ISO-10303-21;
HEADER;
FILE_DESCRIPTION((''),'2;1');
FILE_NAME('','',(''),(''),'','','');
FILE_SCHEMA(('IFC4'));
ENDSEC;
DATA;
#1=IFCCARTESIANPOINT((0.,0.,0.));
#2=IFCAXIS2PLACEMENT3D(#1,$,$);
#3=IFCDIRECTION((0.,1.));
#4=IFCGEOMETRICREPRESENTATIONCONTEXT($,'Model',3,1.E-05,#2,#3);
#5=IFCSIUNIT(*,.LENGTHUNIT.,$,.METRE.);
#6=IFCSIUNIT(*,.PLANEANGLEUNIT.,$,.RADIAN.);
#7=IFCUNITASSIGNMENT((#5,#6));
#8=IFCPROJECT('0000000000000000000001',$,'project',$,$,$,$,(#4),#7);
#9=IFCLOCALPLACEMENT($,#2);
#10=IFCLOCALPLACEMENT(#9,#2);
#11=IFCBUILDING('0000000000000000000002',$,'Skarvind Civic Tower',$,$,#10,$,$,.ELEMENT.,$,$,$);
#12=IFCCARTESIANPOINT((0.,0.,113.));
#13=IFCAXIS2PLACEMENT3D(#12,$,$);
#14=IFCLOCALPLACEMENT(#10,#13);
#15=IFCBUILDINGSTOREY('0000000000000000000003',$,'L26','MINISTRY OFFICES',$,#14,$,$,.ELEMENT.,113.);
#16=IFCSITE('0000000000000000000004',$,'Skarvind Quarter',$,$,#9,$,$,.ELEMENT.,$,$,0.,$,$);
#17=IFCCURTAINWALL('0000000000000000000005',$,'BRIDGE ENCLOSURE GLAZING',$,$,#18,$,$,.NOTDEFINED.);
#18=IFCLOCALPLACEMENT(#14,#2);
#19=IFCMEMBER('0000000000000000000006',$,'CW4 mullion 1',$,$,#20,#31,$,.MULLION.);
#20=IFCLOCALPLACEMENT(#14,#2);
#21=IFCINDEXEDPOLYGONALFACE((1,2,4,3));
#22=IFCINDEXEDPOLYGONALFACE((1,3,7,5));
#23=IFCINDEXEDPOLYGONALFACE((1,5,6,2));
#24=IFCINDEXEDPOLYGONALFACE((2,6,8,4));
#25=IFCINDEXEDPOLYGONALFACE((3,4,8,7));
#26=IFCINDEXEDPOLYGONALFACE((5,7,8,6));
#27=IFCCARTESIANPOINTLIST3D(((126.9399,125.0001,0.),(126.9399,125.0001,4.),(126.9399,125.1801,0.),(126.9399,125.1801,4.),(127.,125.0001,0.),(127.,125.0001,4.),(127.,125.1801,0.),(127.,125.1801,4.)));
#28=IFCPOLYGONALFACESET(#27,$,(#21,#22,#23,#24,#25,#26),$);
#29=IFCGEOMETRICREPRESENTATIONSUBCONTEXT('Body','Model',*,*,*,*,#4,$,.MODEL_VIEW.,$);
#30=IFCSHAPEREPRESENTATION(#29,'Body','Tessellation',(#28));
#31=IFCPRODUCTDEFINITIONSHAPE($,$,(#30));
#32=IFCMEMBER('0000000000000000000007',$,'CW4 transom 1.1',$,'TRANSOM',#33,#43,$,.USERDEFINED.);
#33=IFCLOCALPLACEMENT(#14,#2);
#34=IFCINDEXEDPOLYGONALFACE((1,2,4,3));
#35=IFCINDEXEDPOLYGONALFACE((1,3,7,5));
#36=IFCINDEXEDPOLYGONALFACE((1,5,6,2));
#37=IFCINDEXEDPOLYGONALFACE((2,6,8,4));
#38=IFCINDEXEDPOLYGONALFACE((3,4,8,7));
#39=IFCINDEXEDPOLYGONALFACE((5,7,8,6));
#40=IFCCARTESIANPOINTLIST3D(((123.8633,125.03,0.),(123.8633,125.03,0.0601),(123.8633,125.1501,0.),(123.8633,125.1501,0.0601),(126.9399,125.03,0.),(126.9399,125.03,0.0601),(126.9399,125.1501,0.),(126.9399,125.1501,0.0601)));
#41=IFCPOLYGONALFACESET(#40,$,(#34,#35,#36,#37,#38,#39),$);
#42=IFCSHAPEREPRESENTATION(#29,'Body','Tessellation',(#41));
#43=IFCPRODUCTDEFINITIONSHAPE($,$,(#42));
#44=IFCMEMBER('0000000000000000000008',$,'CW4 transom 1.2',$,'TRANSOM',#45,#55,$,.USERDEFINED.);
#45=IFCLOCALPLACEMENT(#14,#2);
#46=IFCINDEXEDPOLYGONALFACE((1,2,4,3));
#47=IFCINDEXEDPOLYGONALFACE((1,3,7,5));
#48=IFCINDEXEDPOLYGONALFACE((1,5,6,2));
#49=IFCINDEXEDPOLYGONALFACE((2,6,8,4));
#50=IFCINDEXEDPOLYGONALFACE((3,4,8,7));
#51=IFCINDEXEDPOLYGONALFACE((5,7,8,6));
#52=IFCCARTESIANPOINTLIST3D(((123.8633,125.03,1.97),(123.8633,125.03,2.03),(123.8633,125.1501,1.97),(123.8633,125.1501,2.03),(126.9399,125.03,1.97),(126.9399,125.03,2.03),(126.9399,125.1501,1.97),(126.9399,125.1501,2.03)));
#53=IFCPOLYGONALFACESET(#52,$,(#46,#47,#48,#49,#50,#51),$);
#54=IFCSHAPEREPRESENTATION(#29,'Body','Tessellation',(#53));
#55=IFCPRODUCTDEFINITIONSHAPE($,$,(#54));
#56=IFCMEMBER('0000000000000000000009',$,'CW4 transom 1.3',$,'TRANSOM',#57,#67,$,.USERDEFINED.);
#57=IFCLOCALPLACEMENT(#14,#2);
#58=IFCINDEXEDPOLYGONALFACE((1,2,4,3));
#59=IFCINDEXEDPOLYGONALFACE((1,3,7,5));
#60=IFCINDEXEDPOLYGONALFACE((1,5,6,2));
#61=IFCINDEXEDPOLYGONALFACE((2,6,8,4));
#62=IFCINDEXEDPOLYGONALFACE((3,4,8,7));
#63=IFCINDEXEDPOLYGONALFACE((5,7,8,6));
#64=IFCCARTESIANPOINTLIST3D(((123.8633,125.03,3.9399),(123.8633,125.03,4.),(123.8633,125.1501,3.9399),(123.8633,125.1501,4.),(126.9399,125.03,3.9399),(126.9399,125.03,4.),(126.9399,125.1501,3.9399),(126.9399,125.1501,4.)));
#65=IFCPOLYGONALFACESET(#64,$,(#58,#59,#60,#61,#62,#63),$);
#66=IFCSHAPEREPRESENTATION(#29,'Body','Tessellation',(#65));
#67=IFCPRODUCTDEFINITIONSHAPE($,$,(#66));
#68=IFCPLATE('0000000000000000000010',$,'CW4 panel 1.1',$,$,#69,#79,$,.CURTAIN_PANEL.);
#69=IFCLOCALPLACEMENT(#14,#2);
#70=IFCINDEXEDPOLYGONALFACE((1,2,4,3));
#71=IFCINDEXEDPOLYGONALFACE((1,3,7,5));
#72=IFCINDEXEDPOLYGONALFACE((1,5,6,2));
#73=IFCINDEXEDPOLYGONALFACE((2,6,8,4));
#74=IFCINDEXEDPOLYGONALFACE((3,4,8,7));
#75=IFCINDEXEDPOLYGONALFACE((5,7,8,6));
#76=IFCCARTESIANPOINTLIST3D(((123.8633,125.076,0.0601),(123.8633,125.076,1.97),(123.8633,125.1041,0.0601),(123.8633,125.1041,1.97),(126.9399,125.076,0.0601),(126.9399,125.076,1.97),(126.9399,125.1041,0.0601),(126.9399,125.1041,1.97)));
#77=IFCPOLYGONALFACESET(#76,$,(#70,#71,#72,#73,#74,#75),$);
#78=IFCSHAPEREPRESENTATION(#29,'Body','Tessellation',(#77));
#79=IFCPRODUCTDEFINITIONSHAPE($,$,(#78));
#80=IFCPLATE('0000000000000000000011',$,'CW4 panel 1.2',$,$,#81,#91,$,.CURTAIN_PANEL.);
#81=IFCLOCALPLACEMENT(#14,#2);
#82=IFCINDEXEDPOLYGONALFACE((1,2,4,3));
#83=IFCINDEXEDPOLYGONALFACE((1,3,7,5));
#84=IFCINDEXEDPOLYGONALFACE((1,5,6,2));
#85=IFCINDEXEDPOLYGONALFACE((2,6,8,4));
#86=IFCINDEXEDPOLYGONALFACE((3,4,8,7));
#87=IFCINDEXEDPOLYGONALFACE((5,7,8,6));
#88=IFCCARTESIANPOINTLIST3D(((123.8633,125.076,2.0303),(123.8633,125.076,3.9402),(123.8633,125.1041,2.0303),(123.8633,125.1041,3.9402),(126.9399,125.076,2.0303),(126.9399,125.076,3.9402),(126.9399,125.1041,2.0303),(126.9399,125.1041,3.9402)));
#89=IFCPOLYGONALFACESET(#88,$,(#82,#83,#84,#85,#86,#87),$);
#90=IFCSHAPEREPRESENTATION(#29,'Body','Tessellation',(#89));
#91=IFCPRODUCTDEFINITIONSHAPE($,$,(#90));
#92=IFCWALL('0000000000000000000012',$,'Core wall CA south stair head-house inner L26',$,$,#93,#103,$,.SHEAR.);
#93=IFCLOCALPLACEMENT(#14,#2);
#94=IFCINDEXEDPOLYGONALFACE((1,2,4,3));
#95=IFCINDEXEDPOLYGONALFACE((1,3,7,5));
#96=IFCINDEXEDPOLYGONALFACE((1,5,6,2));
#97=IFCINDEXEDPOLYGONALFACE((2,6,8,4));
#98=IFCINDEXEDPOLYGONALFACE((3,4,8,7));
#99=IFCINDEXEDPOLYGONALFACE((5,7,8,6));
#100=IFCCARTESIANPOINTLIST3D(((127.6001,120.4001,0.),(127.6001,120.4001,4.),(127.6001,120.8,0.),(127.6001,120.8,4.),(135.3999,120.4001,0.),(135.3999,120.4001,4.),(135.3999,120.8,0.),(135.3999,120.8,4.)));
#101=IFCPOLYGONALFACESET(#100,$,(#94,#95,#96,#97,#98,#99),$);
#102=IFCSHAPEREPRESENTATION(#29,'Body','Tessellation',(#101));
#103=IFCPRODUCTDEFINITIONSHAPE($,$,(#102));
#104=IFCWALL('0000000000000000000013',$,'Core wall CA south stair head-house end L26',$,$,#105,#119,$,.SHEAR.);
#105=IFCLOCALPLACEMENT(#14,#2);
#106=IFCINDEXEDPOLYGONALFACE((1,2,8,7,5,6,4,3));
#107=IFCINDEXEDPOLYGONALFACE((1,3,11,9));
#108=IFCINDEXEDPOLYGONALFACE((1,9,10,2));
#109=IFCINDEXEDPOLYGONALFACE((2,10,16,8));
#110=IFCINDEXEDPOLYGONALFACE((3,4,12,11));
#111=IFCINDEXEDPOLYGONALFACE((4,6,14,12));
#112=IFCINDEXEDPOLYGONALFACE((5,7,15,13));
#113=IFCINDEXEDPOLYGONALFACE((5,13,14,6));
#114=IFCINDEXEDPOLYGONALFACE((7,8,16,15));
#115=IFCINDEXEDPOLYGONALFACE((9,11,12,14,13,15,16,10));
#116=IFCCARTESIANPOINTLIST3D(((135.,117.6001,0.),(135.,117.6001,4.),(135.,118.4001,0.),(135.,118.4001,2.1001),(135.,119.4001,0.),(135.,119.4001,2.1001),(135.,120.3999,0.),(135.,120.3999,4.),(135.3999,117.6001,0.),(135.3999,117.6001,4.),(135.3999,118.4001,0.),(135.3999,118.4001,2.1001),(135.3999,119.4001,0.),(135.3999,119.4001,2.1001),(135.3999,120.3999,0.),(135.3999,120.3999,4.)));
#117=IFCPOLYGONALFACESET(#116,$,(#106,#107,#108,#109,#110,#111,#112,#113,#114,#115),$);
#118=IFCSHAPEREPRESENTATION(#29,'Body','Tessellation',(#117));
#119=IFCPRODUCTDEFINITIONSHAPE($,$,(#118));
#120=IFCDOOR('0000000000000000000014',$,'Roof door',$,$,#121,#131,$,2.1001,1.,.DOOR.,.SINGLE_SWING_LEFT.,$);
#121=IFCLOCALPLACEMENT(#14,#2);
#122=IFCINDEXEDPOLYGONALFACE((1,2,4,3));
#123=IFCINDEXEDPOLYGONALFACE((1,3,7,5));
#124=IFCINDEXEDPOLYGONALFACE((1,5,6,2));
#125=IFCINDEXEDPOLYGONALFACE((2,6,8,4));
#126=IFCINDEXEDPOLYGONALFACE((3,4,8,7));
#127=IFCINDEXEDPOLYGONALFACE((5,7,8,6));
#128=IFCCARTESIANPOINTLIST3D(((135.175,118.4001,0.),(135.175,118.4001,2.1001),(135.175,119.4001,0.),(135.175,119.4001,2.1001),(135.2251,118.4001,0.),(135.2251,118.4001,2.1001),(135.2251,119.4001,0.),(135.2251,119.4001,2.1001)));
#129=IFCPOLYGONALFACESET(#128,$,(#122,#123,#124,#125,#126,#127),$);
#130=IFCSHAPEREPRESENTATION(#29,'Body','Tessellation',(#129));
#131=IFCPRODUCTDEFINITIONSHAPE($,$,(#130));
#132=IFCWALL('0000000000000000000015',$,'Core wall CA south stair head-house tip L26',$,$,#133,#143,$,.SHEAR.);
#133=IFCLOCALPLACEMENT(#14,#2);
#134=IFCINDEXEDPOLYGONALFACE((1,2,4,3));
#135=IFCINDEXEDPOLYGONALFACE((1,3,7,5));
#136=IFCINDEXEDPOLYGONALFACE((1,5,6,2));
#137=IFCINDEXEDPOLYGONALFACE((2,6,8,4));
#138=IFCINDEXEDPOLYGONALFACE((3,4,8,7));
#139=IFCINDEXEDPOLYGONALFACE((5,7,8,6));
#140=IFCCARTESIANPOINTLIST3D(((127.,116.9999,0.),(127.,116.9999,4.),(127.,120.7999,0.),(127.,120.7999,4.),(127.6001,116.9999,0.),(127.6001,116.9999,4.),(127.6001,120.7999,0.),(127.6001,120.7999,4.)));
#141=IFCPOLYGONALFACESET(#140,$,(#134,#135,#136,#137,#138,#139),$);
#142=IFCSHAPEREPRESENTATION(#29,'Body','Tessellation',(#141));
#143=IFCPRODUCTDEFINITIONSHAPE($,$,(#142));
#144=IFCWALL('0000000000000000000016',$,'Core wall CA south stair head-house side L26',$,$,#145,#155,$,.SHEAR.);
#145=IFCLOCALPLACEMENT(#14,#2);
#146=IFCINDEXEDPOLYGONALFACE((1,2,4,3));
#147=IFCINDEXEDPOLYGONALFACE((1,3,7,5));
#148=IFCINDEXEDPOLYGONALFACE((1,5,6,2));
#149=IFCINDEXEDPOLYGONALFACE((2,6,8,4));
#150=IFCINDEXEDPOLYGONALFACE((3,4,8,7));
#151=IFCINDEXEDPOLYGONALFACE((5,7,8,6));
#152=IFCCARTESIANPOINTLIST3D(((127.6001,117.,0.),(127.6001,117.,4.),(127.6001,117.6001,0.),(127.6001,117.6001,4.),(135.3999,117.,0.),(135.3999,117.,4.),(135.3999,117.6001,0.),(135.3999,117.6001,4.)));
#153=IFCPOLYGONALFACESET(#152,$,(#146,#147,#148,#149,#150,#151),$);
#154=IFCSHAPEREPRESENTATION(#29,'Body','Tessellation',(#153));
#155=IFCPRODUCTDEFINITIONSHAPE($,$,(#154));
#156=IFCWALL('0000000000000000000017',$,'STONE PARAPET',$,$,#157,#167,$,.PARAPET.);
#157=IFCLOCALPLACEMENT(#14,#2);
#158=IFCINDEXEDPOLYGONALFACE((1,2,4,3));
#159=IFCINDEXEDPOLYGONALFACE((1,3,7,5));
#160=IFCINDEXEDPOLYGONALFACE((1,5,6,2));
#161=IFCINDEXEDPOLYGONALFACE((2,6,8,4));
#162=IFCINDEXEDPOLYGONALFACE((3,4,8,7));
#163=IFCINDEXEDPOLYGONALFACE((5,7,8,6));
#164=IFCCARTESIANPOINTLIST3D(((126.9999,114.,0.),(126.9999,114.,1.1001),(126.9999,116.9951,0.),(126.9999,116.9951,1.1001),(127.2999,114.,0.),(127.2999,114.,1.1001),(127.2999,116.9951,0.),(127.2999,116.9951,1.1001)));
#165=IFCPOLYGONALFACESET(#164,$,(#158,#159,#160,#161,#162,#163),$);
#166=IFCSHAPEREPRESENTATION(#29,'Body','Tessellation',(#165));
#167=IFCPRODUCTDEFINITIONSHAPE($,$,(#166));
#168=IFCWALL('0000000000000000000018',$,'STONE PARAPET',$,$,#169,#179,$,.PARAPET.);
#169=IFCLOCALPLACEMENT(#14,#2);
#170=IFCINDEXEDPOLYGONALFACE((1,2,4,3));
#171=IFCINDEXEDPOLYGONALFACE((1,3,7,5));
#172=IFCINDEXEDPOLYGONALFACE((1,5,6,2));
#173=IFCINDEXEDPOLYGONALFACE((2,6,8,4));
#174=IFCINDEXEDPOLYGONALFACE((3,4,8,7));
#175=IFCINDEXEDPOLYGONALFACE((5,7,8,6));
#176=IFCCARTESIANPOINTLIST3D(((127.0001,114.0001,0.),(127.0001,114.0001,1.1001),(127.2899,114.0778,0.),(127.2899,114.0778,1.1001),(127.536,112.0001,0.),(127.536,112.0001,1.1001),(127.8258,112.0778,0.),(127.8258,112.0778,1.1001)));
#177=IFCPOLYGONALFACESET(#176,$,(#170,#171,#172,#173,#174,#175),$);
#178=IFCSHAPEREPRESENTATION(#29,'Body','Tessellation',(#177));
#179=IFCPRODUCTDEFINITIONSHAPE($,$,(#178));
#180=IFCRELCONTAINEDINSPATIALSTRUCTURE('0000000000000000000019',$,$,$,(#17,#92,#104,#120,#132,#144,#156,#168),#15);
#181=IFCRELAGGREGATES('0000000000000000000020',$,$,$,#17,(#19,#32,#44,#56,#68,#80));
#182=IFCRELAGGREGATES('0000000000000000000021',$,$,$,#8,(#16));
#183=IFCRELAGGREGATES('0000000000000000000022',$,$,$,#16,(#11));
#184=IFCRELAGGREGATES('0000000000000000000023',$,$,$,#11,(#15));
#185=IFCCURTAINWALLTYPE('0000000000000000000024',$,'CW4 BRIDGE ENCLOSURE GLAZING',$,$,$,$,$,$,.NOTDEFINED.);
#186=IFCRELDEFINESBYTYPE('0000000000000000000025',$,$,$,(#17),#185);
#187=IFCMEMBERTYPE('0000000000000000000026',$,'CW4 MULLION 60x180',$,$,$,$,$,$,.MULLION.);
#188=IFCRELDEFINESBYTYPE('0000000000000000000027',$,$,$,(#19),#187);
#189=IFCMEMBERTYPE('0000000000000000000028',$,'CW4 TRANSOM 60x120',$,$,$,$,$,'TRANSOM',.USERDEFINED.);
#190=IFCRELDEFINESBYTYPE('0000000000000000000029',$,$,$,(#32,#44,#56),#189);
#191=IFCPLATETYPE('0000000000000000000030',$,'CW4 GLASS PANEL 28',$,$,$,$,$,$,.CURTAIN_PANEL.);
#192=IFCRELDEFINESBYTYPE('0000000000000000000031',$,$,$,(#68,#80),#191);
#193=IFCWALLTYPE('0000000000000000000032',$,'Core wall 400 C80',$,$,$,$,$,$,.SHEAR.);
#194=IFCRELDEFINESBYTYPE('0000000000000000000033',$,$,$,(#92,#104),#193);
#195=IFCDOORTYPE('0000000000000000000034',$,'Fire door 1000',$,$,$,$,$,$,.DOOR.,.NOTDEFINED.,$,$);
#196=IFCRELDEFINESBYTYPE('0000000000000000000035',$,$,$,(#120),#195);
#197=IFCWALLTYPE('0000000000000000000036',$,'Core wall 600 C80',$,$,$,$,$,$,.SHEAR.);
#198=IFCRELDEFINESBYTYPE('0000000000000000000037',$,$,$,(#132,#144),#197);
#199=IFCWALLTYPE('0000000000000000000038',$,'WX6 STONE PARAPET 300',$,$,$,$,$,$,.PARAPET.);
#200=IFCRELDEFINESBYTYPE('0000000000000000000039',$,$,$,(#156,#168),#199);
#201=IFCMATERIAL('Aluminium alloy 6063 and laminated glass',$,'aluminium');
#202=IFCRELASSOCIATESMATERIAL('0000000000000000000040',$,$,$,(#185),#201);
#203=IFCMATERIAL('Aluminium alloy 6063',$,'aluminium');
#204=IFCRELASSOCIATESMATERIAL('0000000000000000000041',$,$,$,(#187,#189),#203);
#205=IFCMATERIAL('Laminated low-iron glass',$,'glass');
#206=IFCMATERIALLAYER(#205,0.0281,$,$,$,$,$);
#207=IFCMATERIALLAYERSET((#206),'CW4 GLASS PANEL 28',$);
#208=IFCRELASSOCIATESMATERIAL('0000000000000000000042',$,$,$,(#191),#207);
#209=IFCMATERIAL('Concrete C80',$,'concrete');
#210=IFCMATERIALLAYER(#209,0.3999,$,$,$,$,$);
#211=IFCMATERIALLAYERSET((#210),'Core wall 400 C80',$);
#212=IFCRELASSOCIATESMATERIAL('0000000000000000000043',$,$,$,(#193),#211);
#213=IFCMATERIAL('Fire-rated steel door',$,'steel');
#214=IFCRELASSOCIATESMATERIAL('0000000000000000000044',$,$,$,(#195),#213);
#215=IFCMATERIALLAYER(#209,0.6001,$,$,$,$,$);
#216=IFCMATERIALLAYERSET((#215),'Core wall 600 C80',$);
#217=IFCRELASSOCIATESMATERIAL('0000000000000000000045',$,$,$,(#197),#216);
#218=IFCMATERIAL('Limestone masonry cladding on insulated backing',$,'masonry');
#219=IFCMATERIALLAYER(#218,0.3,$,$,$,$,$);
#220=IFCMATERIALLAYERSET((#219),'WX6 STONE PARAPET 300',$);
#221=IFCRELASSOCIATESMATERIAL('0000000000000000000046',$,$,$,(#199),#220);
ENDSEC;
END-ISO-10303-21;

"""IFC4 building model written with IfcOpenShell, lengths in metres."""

from ifc_helpers import new_model, si_unit, direction, frame, frame_2d, origin, origin_2d, place, context, subcontext, project, spatial, rectangle, extrude, material, layer, layer_set, material_profile, profile_set, type_object, element, fill, aggregate, save


model = new_model("IFC4")

# Units and contexts
model_context = context("Model", 3, precision=1e-05, world=origin(), true_north=direction((0.0, 1.0)))
body_context = subcontext(model_context, "Body", "Model", "MODEL_VIEW")
ifc_project = project(units=[si_unit("LENGTHUNIT", "METRE"), si_unit("PLANEANGLEUNIT", "RADIAN")], contexts=[model_context])

# Site, building, storey
site_placement = place(None, origin())
site = spatial("IfcSite", under=ifc_project, at=site_placement, Name="Skarvind Quarter", CompositionType="ELEMENT", RefElevation=0.0)
building_placement = place(site_placement, origin())
building = spatial("IfcBuilding", under=site, at=building_placement, Name="Skarvind Civic Tower", CompositionType="ELEMENT")
storey_placement = place(building_placement, frame((0.0, 0.0, 113.0)))
storey = spatial("IfcBuildingStorey", under=building, at=storey_placement, Name="L26", Description="MINISTRY OFFICES", CompositionType="ELEMENT", Elevation=113.0)

# Curtain wall, members, plates
ifc_material_1 = material(Name="Aluminium alloy 6063 and laminated glass", Category="aluminium")
curtain_wall_type = type_object("IfcCurtainWallType", Name="CW4 BRIDGE ENCLOSURE GLAZING", PredefinedType="NOTDEFINED", material=ifc_material_1)
curtain_wall_placement = place(storey_placement, origin())
curtain_wall = element("IfcCurtainWall", 1, at=curtain_wall_placement, inside=storey, type_object=curtain_wall_type, Name="BRIDGE ENCLOSURE GLAZING", PredefinedType="NOTDEFINED")
ifc_material_2 = material(Name="Aluminium alloy 6063", Category="aluminium")
ifc_material_profile_1 = material_profile(ifc_material_2, rectangle(XDim=0.1799, YDim=0.0601, at=origin_2d()), Name="AL 60x180")
ifc_profile_set_1 = profile_set([ifc_material_profile_1], Name="Aluminium alloy 6063")
member_type_1 = type_object("IfcMemberType", Name="CW4 MULLION 60x180", PredefinedType="MULLION", material=ifc_profile_set_1)
member_1_placement = place(storey_placement, frame((126.97, 125.0901, 0.0), z_axis=(0.0, 0.0, 1.0), x_axis=(0.0, -1.0, 0.0)))
member_1 = element("IfcMember", 2, at=member_1_placement, type_object=member_type_1, Name="CW4 mullion 1", PredefinedType="MULLION", context=body_context, shape_type="SweptSolid", body=[
    extrude(rectangle(XDim=0.1799, YDim=0.0601, at=origin_2d()), origin(), (0.0, 0.0, 1.0), 4.0),
])
ifc_material_profile_2 = material_profile(ifc_material_2, rectangle(XDim=0.1201, YDim=0.0601, at=origin_2d()), Name="AL 60x120")
ifc_profile_set_2 = profile_set([ifc_material_profile_2], Name="Aluminium alloy 6063")
member_type_2 = type_object("IfcMemberType", Name="CW4 TRANSOM 60x120", ElementType="TRANSOM", PredefinedType="USERDEFINED", material=ifc_profile_set_2)
member_2_placement = place(storey_placement, frame((126.9399, 125.0901, 0.03), z_axis=(-1.0, 0.0, 0.0), x_axis=(0.0, -1.0, 0.0)))
member_2 = element("IfcMember", 3, at=member_2_placement, type_object=member_type_2, Name="CW4 transom 1.1", ObjectType="TRANSOM", PredefinedType="USERDEFINED", context=body_context, shape_type="SweptSolid", body=[
    extrude(rectangle(XDim=0.1201, YDim=0.0601, at=origin_2d()), origin(), (0.0, 0.0, 1.0), 3.0767),
])
member_3_placement = place(storey_placement, frame((126.9399, 125.0901, 2.0), z_axis=(-1.0, 0.0, 0.0), x_axis=(0.0, -1.0, 0.0)))
member_3 = element("IfcMember", 4, at=member_3_placement, type_object=member_type_2, Name="CW4 transom 1.2", ObjectType="TRANSOM", PredefinedType="USERDEFINED", context=body_context, shape_type="SweptSolid", body=[
    extrude(rectangle(XDim=0.1201, YDim=0.0601, at=origin_2d()), origin(), (0.0, 0.0, 1.0), 3.0767),
])
member_4_placement = place(storey_placement, frame((126.9399, 125.0901, 3.97), z_axis=(-1.0, 0.0, 0.0), x_axis=(0.0, -1.0, 0.0)))
member_4 = element("IfcMember", 5, at=member_4_placement, type_object=member_type_2, Name="CW4 transom 1.3", ObjectType="TRANSOM", PredefinedType="USERDEFINED", context=body_context, shape_type="SweptSolid", body=[
    extrude(rectangle(XDim=0.1201, YDim=0.0601, at=origin_2d()), origin(), (0.0, 0.0, 1.0), 3.0767),
])
ifc_material_3 = material(Name="Laminated low-iron glass", Category="glass")
ifc_layer_1 = layer(ifc_material_3, 0.0281)
ifc_layer_set_1 = layer_set([ifc_layer_1], Name="CW4 GLASS PANEL 28")
plate_type = type_object("IfcPlateType", Name="CW4 GLASS PANEL 28", PredefinedType="CURTAIN_PANEL", material=ifc_layer_set_1)
plate_1_placement = place(storey_placement, frame((125.4016, 125.0901, 0.0601), z_axis=(0.0, 0.0, 1.0), x_axis=(-1.0, 0.0, 0.0)))
plate_1 = element("IfcPlate", 6, at=plate_1_placement, type_object=plate_type, Name="CW4 panel 1.1", PredefinedType="CURTAIN_PANEL", context=body_context, shape_type="SweptSolid", body=[
    extrude(rectangle(XDim=3.0767, YDim=0.0281, at=origin_2d()), origin(), (0.0, 0.0, 1.0), 1.9099),
])
plate_2_placement = place(storey_placement, frame((125.4016, 125.0901, 2.0303), z_axis=(0.0, 0.0, 1.0), x_axis=(-1.0, 0.0, 0.0)))
plate_2 = element("IfcPlate", 7, at=plate_2_placement, type_object=plate_type, Name="CW4 panel 1.2", PredefinedType="CURTAIN_PANEL", context=body_context, shape_type="SweptSolid", body=[
    extrude(rectangle(XDim=3.0767, YDim=0.0281, at=origin_2d()), origin(), (0.0, 0.0, 1.0), 1.9099),
])
aggregate(curtain_wall, [member_1, member_2, member_3, member_4, plate_1, plate_2])

# Wall
ifc_material_4 = material(Name="Concrete C80", Category="concrete")
ifc_layer_2 = layer(ifc_material_4, 0.3999)
ifc_layer_set_2 = layer_set([ifc_layer_2], Name="Core wall 400 C80")
wall_type_1 = type_object("IfcWallType", Name="Core wall 400 C80", PredefinedType="SHEAR", material=ifc_layer_set_2)
wall_1_placement = place(storey_placement, frame((127.6001, 120.6001, 0.0), z_axis=(0.0, 0.0, 1.0), x_axis=(1.0, 0.0, 0.0)))
element("IfcWall", 8, at=wall_1_placement, inside=storey, type_object=wall_type_1, Name="Core wall CA south stair head-house inner L26", PredefinedType="SHEAR", context=body_context, shape_type="SweptSolid", body=[
    extrude(rectangle(XDim=7.7998, YDim=0.3999, at=frame_2d((3.8999, 0.0))), origin(), (0.0, 0.0, 1.0), 4.0),
])

# Wall, opening, door
wall_2_placement = place(storey_placement, frame((135.2, 117.6001, 0.0), z_axis=(0.0, 0.0, 1.0), x_axis=(0.0, 1.0, 0.0)))
wall_2 = element("IfcWall", 9, at=wall_2_placement, inside=storey, type_object=wall_type_1, Name="Core wall CA south stair head-house end L26", PredefinedType="SHEAR", context=body_context, shape_type="SweptSolid", body=[
    extrude(rectangle(XDim=2.7998, YDim=0.3999, at=frame_2d((1.3999, 0.0))), origin(), (0.0, 0.0, 1.0), 4.0),
])
opening_placement = place(wall_2_placement, frame((0.8, 0.0, 0.0)))
opening = element("IfcOpeningElement", 10, at=opening_placement, cuts=wall_2, PredefinedType="OPENING", context=body_context, shape_type="SweptSolid", body=[
    extrude(rectangle(XDim=1.0, YDim=2.1001, at=frame_2d((0.5, 1.05))), frame((0.0, 0.21, 0.0), z_axis=(0.0, -1.0, 0.0), x_axis=(1.0, 0.0, 0.0)), (0.0, 0.0, 1.0), 0.4199),
])
ifc_material_5 = material(Name="Fire-rated steel door", Category="steel")
door_type = type_object("IfcDoorType", Name="Fire door 1000", OperationType="NOTDEFINED", PredefinedType="DOOR", material=ifc_material_5)
door_placement = place(opening_placement, origin())
door = element("IfcDoor", 11, at=door_placement, inside=storey, type_object=door_type, Name="Roof door", OperationType="SINGLE_SWING_LEFT", OverallHeight=2.1001, OverallWidth=1.0, PredefinedType="DOOR", context=body_context, shape_type="SweptSolid", body=[
    extrude(rectangle(XDim=1.0, YDim=2.1001, at=frame_2d((0.5, 1.05))), frame((0.0, 0.0249, 0.0), z_axis=(0.0, -1.0, 0.0), x_axis=(1.0, 0.0, 0.0)), (0.0, 0.0, 1.0), 0.05),
])
fill(opening, door)

# Walls
ifc_layer_3 = layer(ifc_material_4, 0.6001)
ifc_layer_set_3 = layer_set([ifc_layer_3], Name="Core wall 600 C80")
wall_type_2 = type_object("IfcWallType", Name="Core wall 600 C80", PredefinedType="SHEAR", material=ifc_layer_set_3)
wall_3_placement = place(storey_placement, frame((127.3, 117.0, 0.0), z_axis=(0.0, 0.0, 1.0), x_axis=(0.0, 1.0, 0.0)))
element("IfcWall", 12, at=wall_3_placement, inside=storey, type_object=wall_type_2, Name="Core wall CA south stair head-house tip L26", PredefinedType="SHEAR", context=body_context, shape_type="SweptSolid", body=[
    extrude(rectangle(XDim=3.8, YDim=0.6001, at=frame_2d((1.8999, 0.0))), origin(), (0.0, 0.0, 1.0), 4.0),
])
wall_4_placement = place(storey_placement, frame((127.6001, 117.3, 0.0), z_axis=(0.0, 0.0, 1.0), x_axis=(1.0, 0.0, 0.0)))
element("IfcWall", 13, at=wall_4_placement, inside=storey, type_object=wall_type_2, Name="Core wall CA south stair head-house side L26", PredefinedType="SHEAR", context=body_context, shape_type="SweptSolid", body=[
    extrude(rectangle(XDim=7.7998, YDim=0.6001, at=frame_2d((3.8999, 0.0))), origin(), (0.0, 0.0, 1.0), 4.0),
])
ifc_material_6 = material(Name="Limestone masonry cladding on insulated backing", Category="masonry")
ifc_layer_4 = layer(ifc_material_6, 0.3)
ifc_layer_set_4 = layer_set([ifc_layer_4], Name="WX6 STONE PARAPET 300")
wall_type_3 = type_object("IfcWallType", Name="WX6 STONE PARAPET 300", PredefinedType="PARAPET", material=ifc_layer_set_4)
wall_5_placement = place(storey_placement, frame((127.1499, 116.9951, 0.0), z_axis=(0.0, 0.0, 1.0), x_axis=(0.0, -1.0, 0.0)))
element("IfcWall", 14, at=wall_5_placement, inside=storey, type_object=wall_type_3, Name="STONE PARAPET", PredefinedType="PARAPET", context=body_context, shape_type="SweptSolid", body=[
    extrude(rectangle(XDim=2.9951, YDim=0.3, at=frame_2d((1.4976, 0.0))), origin(), (0.0, 0.0, 1.0), 1.1001),
])
for number, where, z_axis, x_axis, name in (
    (15, (127.145, 114.0388, 0.0), (0.0, 0.0, 1.0), (0.258815, -0.965927, 0.0), "STONE PARAPET"),
):
    element("IfcWall", number, at=place(storey_placement, frame(where, z_axis=z_axis, x_axis=x_axis)), inside=storey, type_object=wall_type_3, Name=name, PredefinedType="PARAPET", context=body_context, shape_type="SweptSolid", body=[
        extrude(rectangle(XDim=2.0706, YDim=0.3, at=frame_2d((1.0352, 0.0))), origin(), (0.0, 0.0, 1.0), 1.1001),
    ])

save(model, "model.ifc")
